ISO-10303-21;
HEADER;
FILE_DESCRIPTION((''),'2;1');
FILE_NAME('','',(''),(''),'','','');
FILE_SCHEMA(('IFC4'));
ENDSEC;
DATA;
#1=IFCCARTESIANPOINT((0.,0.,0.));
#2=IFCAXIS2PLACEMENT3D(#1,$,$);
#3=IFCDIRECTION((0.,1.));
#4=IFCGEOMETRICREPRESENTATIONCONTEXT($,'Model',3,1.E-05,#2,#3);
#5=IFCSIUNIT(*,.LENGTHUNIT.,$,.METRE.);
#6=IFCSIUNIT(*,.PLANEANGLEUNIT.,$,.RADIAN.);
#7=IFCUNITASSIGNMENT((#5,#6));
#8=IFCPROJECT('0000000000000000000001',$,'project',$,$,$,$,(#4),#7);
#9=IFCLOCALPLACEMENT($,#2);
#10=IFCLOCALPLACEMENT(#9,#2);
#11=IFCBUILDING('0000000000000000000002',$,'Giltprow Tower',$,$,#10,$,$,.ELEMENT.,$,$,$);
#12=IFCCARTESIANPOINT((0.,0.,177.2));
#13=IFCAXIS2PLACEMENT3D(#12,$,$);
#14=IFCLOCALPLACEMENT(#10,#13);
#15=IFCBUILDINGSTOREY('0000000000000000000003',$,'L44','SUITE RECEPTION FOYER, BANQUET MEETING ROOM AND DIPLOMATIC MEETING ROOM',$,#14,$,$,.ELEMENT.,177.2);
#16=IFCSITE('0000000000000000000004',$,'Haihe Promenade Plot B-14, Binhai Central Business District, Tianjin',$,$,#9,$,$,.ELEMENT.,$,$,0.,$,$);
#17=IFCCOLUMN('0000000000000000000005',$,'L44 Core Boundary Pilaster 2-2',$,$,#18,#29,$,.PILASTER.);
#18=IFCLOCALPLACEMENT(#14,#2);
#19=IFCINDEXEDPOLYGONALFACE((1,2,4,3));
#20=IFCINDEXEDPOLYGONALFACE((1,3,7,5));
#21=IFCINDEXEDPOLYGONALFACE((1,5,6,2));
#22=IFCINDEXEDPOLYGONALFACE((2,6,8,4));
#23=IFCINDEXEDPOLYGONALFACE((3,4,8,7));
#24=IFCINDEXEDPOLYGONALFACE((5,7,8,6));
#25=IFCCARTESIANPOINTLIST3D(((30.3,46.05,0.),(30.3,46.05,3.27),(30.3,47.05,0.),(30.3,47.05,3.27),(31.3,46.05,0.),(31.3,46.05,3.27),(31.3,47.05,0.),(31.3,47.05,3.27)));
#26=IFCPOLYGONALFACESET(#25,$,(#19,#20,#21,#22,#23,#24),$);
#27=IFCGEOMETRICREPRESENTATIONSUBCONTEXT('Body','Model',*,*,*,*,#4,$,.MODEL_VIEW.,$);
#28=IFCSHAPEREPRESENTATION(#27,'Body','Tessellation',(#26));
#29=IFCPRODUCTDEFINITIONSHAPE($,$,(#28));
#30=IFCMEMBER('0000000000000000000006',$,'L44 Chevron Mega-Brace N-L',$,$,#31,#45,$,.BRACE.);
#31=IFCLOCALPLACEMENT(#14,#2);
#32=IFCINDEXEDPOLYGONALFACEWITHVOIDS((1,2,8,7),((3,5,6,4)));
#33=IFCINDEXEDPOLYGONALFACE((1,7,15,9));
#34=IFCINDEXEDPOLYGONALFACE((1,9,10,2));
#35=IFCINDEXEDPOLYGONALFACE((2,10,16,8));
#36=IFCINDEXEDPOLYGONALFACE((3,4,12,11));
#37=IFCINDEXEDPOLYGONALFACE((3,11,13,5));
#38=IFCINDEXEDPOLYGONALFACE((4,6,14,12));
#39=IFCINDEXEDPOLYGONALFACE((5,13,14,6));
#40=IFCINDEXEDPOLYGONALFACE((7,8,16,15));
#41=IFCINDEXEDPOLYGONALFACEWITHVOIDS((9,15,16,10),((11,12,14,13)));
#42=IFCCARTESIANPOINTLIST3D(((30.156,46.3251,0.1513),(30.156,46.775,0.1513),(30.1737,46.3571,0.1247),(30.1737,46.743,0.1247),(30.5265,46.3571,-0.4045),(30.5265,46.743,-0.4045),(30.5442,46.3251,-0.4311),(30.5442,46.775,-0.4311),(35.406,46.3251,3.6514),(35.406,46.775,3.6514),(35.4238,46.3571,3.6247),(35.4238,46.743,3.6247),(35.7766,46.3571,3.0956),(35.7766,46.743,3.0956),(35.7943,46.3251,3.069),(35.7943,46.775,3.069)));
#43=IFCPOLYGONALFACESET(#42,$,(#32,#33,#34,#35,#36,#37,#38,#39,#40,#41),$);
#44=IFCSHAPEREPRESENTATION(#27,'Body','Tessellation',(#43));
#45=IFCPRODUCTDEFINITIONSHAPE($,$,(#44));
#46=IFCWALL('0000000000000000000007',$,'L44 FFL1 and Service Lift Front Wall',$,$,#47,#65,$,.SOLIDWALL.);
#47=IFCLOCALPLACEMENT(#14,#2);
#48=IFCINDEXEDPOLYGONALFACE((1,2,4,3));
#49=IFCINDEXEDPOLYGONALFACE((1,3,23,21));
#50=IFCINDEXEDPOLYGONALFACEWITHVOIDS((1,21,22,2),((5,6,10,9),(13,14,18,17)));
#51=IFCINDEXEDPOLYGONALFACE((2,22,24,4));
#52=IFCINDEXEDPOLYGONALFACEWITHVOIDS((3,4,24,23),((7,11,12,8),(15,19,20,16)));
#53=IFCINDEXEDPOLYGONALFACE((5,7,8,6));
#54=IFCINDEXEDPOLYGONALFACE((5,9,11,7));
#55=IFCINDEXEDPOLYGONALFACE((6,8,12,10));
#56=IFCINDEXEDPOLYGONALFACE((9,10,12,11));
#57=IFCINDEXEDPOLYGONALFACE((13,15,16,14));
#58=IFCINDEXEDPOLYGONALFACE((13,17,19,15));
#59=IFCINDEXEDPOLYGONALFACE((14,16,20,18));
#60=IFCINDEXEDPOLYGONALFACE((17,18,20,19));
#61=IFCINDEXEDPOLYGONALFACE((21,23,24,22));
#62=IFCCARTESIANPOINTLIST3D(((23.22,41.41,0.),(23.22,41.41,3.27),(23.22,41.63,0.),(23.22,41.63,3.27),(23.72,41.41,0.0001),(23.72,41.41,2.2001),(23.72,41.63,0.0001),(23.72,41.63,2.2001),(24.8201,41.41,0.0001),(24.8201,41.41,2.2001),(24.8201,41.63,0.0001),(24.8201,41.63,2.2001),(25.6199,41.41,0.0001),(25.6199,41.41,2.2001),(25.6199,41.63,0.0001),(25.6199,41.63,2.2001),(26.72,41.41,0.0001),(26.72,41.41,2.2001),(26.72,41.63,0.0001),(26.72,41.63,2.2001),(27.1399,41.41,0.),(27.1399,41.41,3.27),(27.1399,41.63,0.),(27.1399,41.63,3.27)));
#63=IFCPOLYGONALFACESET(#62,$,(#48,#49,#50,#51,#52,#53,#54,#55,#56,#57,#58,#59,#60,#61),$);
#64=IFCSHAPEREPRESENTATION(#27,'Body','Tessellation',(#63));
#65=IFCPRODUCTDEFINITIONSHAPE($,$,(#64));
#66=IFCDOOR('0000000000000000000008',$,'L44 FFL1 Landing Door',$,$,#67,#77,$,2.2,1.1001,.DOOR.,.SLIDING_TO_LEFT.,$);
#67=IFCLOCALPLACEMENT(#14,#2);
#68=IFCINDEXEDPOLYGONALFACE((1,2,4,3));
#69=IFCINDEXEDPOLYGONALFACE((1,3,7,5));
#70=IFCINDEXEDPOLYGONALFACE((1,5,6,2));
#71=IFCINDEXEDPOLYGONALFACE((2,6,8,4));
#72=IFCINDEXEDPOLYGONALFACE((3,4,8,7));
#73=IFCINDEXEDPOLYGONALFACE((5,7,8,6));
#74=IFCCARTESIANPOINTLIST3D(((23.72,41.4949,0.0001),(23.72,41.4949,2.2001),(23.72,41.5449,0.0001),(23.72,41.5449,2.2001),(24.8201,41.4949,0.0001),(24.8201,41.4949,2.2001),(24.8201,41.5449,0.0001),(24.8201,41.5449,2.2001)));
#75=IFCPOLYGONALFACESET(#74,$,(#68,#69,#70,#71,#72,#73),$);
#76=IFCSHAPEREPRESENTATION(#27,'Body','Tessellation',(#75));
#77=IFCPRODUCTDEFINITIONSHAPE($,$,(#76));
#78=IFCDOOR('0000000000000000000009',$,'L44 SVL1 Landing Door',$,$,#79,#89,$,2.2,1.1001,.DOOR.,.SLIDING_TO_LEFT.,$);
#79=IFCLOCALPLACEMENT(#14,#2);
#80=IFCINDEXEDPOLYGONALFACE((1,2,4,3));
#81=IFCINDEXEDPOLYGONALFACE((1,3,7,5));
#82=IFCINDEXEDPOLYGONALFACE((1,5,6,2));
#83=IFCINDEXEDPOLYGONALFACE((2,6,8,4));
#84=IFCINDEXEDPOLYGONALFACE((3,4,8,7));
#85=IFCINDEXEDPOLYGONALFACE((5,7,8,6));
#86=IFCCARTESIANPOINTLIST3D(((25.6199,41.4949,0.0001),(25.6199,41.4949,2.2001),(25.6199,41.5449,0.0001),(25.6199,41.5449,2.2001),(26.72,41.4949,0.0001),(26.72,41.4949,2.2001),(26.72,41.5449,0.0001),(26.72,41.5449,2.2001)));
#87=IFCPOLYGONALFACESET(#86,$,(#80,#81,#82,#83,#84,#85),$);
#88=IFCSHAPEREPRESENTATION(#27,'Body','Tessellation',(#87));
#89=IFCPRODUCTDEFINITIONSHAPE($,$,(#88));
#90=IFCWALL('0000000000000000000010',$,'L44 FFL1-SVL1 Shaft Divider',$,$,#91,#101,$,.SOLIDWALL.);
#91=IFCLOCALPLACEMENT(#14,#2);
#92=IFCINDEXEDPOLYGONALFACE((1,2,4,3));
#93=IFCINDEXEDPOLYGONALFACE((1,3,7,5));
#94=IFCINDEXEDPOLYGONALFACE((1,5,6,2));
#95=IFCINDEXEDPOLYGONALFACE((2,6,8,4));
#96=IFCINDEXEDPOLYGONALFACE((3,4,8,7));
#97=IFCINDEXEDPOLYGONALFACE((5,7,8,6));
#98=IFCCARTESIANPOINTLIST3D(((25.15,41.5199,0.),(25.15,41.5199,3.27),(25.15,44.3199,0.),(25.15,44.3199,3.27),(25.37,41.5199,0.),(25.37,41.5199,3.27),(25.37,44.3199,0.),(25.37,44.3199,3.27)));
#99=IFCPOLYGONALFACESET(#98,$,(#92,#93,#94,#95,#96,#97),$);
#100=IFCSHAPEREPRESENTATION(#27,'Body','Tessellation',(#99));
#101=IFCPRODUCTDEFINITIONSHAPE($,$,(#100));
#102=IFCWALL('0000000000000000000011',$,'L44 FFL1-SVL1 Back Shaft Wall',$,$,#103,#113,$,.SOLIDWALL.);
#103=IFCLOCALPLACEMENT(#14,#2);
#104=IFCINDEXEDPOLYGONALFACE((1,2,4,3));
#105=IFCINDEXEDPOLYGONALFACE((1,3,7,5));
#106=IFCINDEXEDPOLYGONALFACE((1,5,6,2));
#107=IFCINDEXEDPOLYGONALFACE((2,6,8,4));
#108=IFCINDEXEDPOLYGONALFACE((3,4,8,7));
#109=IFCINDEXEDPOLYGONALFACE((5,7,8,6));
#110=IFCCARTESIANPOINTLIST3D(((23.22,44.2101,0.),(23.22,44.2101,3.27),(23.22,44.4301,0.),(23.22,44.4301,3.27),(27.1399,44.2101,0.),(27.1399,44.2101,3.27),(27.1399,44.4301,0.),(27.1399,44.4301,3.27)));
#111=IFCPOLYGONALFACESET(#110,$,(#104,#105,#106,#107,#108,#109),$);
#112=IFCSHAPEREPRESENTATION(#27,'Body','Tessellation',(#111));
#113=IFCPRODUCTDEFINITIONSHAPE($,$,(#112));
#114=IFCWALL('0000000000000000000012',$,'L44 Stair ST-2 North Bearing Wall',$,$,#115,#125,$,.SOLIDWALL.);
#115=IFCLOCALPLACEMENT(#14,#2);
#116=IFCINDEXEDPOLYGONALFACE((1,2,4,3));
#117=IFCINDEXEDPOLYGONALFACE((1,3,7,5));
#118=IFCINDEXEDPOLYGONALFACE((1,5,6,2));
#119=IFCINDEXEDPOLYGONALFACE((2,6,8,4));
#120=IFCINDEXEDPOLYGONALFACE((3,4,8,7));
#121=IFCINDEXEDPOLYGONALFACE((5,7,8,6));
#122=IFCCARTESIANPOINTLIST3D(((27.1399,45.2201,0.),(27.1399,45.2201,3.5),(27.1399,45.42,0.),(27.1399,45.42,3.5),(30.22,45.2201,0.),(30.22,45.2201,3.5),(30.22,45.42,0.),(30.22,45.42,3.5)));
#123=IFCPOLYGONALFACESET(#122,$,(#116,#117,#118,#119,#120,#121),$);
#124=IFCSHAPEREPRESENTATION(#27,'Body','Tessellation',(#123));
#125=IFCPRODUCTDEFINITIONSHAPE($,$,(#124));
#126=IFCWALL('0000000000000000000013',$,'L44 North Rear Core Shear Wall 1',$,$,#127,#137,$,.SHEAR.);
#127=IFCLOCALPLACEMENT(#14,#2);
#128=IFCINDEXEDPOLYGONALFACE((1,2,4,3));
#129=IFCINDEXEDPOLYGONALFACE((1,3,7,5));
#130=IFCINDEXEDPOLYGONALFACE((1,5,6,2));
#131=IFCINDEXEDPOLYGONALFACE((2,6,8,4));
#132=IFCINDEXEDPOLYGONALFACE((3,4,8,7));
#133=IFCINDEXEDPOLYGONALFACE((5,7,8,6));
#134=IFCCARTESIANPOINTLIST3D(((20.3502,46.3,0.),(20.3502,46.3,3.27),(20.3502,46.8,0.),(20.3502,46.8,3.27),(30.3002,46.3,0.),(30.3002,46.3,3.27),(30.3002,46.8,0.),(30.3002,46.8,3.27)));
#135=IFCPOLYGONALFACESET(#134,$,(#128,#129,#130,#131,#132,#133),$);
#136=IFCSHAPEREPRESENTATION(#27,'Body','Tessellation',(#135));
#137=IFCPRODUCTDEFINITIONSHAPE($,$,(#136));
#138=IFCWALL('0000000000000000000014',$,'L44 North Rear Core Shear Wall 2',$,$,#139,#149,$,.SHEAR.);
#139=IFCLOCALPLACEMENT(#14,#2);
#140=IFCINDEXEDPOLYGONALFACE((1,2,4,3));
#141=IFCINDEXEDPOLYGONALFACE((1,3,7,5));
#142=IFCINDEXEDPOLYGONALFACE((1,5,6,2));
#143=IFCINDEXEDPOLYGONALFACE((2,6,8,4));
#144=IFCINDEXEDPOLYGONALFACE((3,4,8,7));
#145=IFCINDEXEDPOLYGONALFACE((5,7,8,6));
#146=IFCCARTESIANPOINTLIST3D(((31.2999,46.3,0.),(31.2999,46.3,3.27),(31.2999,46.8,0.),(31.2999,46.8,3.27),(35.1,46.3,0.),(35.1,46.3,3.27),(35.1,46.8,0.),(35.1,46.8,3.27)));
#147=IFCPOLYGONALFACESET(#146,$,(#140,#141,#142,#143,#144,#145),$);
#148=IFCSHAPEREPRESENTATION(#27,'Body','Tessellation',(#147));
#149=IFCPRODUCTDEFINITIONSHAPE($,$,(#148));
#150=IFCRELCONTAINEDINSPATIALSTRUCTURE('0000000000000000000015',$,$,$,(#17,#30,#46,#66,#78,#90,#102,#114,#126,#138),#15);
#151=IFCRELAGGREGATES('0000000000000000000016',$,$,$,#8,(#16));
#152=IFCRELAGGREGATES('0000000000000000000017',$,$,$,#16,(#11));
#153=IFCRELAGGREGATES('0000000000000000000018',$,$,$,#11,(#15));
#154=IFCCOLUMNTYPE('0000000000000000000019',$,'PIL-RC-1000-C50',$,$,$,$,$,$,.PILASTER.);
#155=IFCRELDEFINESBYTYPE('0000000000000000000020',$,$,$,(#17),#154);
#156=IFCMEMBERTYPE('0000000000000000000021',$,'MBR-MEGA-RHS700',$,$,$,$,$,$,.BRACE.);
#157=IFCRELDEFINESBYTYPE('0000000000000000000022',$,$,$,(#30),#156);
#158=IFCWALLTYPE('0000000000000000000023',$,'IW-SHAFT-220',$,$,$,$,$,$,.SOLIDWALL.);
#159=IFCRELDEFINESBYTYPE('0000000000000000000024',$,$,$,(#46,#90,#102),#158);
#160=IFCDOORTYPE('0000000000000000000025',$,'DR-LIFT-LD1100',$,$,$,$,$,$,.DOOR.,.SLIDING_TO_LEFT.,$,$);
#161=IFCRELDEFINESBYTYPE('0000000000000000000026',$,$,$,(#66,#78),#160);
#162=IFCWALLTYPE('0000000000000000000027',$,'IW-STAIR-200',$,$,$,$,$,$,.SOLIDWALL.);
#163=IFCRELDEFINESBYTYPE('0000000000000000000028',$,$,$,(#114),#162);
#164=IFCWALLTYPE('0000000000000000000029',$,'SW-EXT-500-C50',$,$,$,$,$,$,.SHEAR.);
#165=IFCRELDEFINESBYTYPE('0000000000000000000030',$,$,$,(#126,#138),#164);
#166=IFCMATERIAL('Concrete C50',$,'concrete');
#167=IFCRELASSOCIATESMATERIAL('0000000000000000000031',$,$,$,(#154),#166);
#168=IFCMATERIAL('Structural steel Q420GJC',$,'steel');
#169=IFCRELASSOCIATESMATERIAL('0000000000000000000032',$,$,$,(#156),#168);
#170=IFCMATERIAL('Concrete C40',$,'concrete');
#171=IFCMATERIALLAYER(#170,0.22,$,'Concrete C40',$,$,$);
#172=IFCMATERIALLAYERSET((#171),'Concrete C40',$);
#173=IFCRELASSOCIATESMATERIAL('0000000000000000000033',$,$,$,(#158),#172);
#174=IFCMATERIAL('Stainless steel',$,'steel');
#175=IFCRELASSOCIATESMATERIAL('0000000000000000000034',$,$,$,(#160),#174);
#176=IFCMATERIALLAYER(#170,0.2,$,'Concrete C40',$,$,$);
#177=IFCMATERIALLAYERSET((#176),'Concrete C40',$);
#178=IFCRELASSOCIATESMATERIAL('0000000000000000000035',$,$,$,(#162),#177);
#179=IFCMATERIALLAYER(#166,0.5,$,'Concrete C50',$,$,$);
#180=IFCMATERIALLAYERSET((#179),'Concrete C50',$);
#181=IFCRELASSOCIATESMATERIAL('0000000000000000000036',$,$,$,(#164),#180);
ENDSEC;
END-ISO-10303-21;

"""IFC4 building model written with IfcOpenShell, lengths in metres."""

from ifc_helpers import new_model, si_unit, direction, frame, frame_2d, origin, origin_2d, place, context, subcontext, project, spatial, rectangle, hollow_rectangle, extrude, source, transform, mapped, material, layer, layer_set, material_profile, profile_set, type_object, element, fill, save


model = new_model("IFC4")

# Units and contexts
model_context = context("Model", 3, precision=1e-05, world=origin(), true_north=direction((0.0, 1.0)))
body_context = subcontext(model_context, "Body", "Model", "MODEL_VIEW")
ifc_project = project(units=[si_unit("LENGTHUNIT", "METRE"), si_unit("PLANEANGLEUNIT", "RADIAN")], contexts=[model_context])

# Site, building, storey
site_placement = place(None, origin())
site = spatial("IfcSite", under=ifc_project, at=site_placement, Name="Haihe Promenade Plot B-14, Binhai Central Business District, Tianjin", CompositionType="ELEMENT", RefElevation=0.0)
building_placement = place(site_placement, origin())
building = spatial("IfcBuilding", under=site, at=building_placement, Name="Giltprow Tower", CompositionType="ELEMENT")
storey_placement = place(building_placement, frame((0.0, 0.0, 177.2)))
storey = spatial("IfcBuildingStorey", under=building, at=storey_placement, Name="L44", Description="SUITE RECEPTION FOYER, BANQUET MEETING ROOM AND DIPLOMATIC MEETING ROOM", CompositionType="ELEMENT", Elevation=177.2)

# Column
ifc_material_1 = material(Name="Concrete C50", Category="concrete")
ifc_material_profile_1 = material_profile(ifc_material_1, rectangle(XDim=1.0, YDim=1.0, at=origin_2d()), Name="RC 1000x1000")
ifc_profile_set_1 = profile_set([ifc_material_profile_1], Name="Concrete C50")
column_type = type_object("IfcColumnType", Name="PIL-RC-1000-C50", PredefinedType="PILASTER", material=ifc_profile_set_1)
shared_shape_1 = source(origin(), body_context, "Body", "SweptSolid", [
    extrude(rectangle(XDim=1.0, YDim=1.0, at=origin_2d()), origin(), (0.0, 0.0, 1.0), 3.27),
])
column_placement = place(storey_placement, frame((30.8, 46.55, 0.0), z_axis=(0.0, 0.0, 1.0), x_axis=(1.0, 0.0, 0.0)))
element("IfcColumn", 1, at=column_placement, inside=storey, type_object=column_type, Name="L44 Core Boundary Pilaster 2-2", PredefinedType="PILASTER", context=body_context, shape_type="MappedRepresentation", body=[
    mapped(shared_shape_1, transform((0.0, 0.0, 0.0), x_axis=(1.0, 0.0, 0.0), y_axis=(0.0, 1.0, 0.0), z_axis=(0.0, 0.0, 1.0), scale=1.0)),
])

# Member
ifc_material_2 = material(Name="Structural steel Q420GJC", Category="steel")
ifc_material_profile_2 = material_profile(ifc_material_2, hollow_rectangle(XDim=0.45, YDim=0.7, WallThickness=0.032, at=origin_2d()), Name="RHS 700x450x32")
ifc_profile_set_2 = profile_set([ifc_material_profile_2], Name="Structural steel Q420GJC")
member_type = type_object("IfcMemberType", Name="MBR-MEGA-RHS700", PredefinedType="BRACE", material=ifc_profile_set_2)
shared_shape_2 = source(origin(), body_context, "Body", "SweptSolid", [
    extrude(hollow_rectangle(XDim=0.45, YDim=0.7, WallThickness=0.032, at=origin_2d()), origin(), (0.0, 0.0, 1.0), 6.3098),
])
member_placement = place(storey_placement, frame((30.3501, 46.55, -0.1399), z_axis=(0.83205, 0.0, 0.5547), x_axis=(0.0, 1.0, 0.0)))
element("IfcMember", 2, at=member_placement, inside=storey, type_object=member_type, Name="L44 Chevron Mega-Brace N-L", PredefinedType="BRACE", context=body_context, shape_type="MappedRepresentation", body=[
    mapped(shared_shape_2, transform((0.0, 0.0, 0.0), x_axis=(1.0, 0.0, 0.0), y_axis=(0.0, 1.0, 0.0), z_axis=(0.0, 0.0, 1.0), scale=1.0)),
])

# Wall, openings, doors
ifc_material_3 = material(Name="Concrete C40", Category="concrete")
ifc_layer_1 = layer(ifc_material_3, 0.22, Name="Concrete C40")
ifc_layer_set_1 = layer_set([ifc_layer_1], Name="Concrete C40")
wall_type_1 = type_object("IfcWallType", Name="IW-SHAFT-220", PredefinedType="SOLIDWALL", material=ifc_layer_set_1)
wall_1_placement = place(storey_placement, frame((23.22, 41.52, 0.0), z_axis=(0.0, 0.0, 1.0), x_axis=(1.0, 0.0, 0.0)))
wall_1 = element("IfcWall", 3, at=wall_1_placement, inside=storey, type_object=wall_type_1, Name="L44 FFL1 and Service Lift Front Wall", PredefinedType="SOLIDWALL", context=body_context, shape_type="SweptSolid", body=[
    extrude(rectangle(XDim=3.9199, YDim=0.22, at=frame_2d((1.96, 0.0))), origin(), (0.0, 0.0, 1.0), 3.27),
])
opening_1_placement = place(wall_1_placement, frame((0.5, 0.0, 0.0)))
opening_1 = element("IfcOpeningElement", 4, at=opening_1_placement, cuts=wall_1, PredefinedType="OPENING", context=body_context, shape_type="SweptSolid", body=[
    extrude(rectangle(XDim=1.1001, YDim=2.2, at=frame_2d((0.55, 1.1001))), frame((0.0, 0.1199, 0.0), z_axis=(0.0, -1.0, 0.0), x_axis=(1.0, 0.0, 0.0)), (0.0, 0.0, 1.0), 0.24),
])
opening_2_placement = place(wall_1_placement, frame((2.3999, 0.0, 0.0)))
opening_2 = element("IfcOpeningElement", 5, at=opening_2_placement, cuts=wall_1, PredefinedType="OPENING", context=body_context, shape_type="SweptSolid", body=[
    extrude(rectangle(XDim=1.1001, YDim=2.2, at=frame_2d((0.55, 1.1001))), frame((0.0, 0.1199, 0.0), z_axis=(0.0, -1.0, 0.0), x_axis=(1.0, 0.0, 0.0)), (0.0, 0.0, 1.0), 0.24),
])
ifc_material_4 = material(Name="Stainless steel", Category="steel")
door_type = type_object("IfcDoorType", Name="DR-LIFT-LD1100", OperationType="SLIDING_TO_LEFT", PredefinedType="DOOR", material=ifc_material_4)
shared_shape_3 = source(origin(), body_context, "Body", "SweptSolid", [
    extrude(rectangle(XDim=1.1001, YDim=2.2, at=frame_2d((0.55, 1.1001))), frame((0.0, 0.0249, 0.0), z_axis=(0.0, -1.0, 0.0), x_axis=(1.0, 0.0, 0.0)), (0.0, 0.0, 1.0), 0.05),
])
door_1_placement = place(opening_1_placement, origin())
door_1 = element("IfcDoor", 6, at=door_1_placement, inside=storey, type_object=door_type, Name="L44 FFL1 Landing Door", OperationType="SLIDING_TO_LEFT", OverallHeight=2.2, OverallWidth=1.1001, PredefinedType="DOOR", context=body_context, shape_type="MappedRepresentation", body=[
    mapped(shared_shape_3, transform((0.0, 0.0, 0.0), x_axis=(1.0, 0.0, 0.0), y_axis=(0.0, 1.0, 0.0), z_axis=(0.0, 0.0, 1.0), scale=1.0)),
])
fill(opening_1, door_1)
door_2_placement = place(opening_2_placement, origin())
door_2 = element("IfcDoor", 7, at=door_2_placement, inside=storey, type_object=door_type, Name="L44 SVL1 Landing Door", OperationType="SLIDING_TO_LEFT", OverallHeight=2.2, OverallWidth=1.1001, PredefinedType="DOOR", context=body_context, shape_type="MappedRepresentation", body=[
    mapped(shared_shape_3, transform((0.0, 0.0, 0.0), x_axis=(1.0, 0.0, 0.0), y_axis=(0.0, 1.0, 0.0), z_axis=(0.0, 0.0, 1.0), scale=1.0)),
])
fill(opening_2, door_2)

# Walls
wall_2_placement = place(storey_placement, frame((25.26, 41.52, 0.0), z_axis=(0.0, 0.0, 1.0), x_axis=(0.0, 1.0, 0.0)))
element("IfcWall", 8, at=wall_2_placement, inside=storey, type_object=wall_type_1, Name="L44 FFL1-SVL1 Shaft Divider", PredefinedType="SOLIDWALL", context=body_context, shape_type="SweptSolid", body=[
    extrude(rectangle(XDim=2.8, YDim=0.22, at=frame_2d((1.3999, 0.0))), origin(), (0.0, 0.0, 1.0), 3.27),
])
wall_3_placement = place(storey_placement, frame((23.22, 44.3201, 0.0), z_axis=(0.0, 0.0, 1.0), x_axis=(1.0, 0.0, 0.0)))
element("IfcWall", 9, at=wall_3_placement, inside=storey, type_object=wall_type_1, Name="L44 FFL1-SVL1 Back Shaft Wall", PredefinedType="SOLIDWALL", context=body_context, shape_type="SweptSolid", body=[
    extrude(rectangle(XDim=3.9199, YDim=0.22, at=frame_2d((1.96, 0.0))), origin(), (0.0, 0.0, 1.0), 3.27),
])
ifc_layer_2 = layer(ifc_material_3, 0.2, Name="Concrete C40")
ifc_layer_set_2 = layer_set([ifc_layer_2], Name="Concrete C40")
wall_type_2 = type_object("IfcWallType", Name="IW-STAIR-200", PredefinedType="SOLIDWALL", material=ifc_layer_set_2)
wall_4_placement = place(storey_placement, frame((27.1399, 45.3201, 0.0), z_axis=(0.0, 0.0, 1.0), x_axis=(1.0, 0.0, 0.0)))
element("IfcWall", 10, at=wall_4_placement, inside=storey, type_object=wall_type_2, Name="L44 Stair ST-2 North Bearing Wall", PredefinedType="SOLIDWALL", context=body_context, shape_type="SweptSolid", body=[
    extrude(rectangle(XDim=3.0801, YDim=0.2, at=frame_2d((1.54, 0.0))), origin(), (0.0, 0.0, 1.0), 3.5),
])
ifc_layer_3 = layer(ifc_material_1, 0.5, Name="Concrete C50")
ifc_layer_set_3 = layer_set([ifc_layer_3], Name="Concrete C50")
wall_type_3 = type_object("IfcWallType", Name="SW-EXT-500-C50", PredefinedType="SHEAR", material=ifc_layer_set_3)
wall_5_placement = place(storey_placement, frame((20.3501, 46.55, 0.0), z_axis=(0.0, 0.0, 1.0), x_axis=(1.0, 0.0, 0.0)))
element("IfcWall", 11, at=wall_5_placement, inside=storey, type_object=wall_type_3, Name="L44 North Rear Core Shear Wall 1", PredefinedType="SHEAR", context=body_context, shape_type="SweptSolid", body=[
    extrude(rectangle(XDim=9.95, YDim=0.5, at=frame_2d((4.9751, 0.0))), origin(), (0.0, 0.0, 1.0), 3.27),
])
wall_6_placement = place(storey_placement, frame((31.3, 46.55, 0.0), z_axis=(0.0, 0.0, 1.0), x_axis=(1.0, 0.0, 0.0)))
element("IfcWall", 12, at=wall_6_placement, inside=storey, type_object=wall_type_3, Name="L44 North Rear Core Shear Wall 2", PredefinedType="SHEAR", context=body_context, shape_type="SweptSolid", body=[
    extrude(rectangle(XDim=3.8, YDim=0.5, at=frame_2d((1.8999, 0.0))), origin(), (0.0, 0.0, 1.0), 3.27),
])

save(model, "model.ifc")
